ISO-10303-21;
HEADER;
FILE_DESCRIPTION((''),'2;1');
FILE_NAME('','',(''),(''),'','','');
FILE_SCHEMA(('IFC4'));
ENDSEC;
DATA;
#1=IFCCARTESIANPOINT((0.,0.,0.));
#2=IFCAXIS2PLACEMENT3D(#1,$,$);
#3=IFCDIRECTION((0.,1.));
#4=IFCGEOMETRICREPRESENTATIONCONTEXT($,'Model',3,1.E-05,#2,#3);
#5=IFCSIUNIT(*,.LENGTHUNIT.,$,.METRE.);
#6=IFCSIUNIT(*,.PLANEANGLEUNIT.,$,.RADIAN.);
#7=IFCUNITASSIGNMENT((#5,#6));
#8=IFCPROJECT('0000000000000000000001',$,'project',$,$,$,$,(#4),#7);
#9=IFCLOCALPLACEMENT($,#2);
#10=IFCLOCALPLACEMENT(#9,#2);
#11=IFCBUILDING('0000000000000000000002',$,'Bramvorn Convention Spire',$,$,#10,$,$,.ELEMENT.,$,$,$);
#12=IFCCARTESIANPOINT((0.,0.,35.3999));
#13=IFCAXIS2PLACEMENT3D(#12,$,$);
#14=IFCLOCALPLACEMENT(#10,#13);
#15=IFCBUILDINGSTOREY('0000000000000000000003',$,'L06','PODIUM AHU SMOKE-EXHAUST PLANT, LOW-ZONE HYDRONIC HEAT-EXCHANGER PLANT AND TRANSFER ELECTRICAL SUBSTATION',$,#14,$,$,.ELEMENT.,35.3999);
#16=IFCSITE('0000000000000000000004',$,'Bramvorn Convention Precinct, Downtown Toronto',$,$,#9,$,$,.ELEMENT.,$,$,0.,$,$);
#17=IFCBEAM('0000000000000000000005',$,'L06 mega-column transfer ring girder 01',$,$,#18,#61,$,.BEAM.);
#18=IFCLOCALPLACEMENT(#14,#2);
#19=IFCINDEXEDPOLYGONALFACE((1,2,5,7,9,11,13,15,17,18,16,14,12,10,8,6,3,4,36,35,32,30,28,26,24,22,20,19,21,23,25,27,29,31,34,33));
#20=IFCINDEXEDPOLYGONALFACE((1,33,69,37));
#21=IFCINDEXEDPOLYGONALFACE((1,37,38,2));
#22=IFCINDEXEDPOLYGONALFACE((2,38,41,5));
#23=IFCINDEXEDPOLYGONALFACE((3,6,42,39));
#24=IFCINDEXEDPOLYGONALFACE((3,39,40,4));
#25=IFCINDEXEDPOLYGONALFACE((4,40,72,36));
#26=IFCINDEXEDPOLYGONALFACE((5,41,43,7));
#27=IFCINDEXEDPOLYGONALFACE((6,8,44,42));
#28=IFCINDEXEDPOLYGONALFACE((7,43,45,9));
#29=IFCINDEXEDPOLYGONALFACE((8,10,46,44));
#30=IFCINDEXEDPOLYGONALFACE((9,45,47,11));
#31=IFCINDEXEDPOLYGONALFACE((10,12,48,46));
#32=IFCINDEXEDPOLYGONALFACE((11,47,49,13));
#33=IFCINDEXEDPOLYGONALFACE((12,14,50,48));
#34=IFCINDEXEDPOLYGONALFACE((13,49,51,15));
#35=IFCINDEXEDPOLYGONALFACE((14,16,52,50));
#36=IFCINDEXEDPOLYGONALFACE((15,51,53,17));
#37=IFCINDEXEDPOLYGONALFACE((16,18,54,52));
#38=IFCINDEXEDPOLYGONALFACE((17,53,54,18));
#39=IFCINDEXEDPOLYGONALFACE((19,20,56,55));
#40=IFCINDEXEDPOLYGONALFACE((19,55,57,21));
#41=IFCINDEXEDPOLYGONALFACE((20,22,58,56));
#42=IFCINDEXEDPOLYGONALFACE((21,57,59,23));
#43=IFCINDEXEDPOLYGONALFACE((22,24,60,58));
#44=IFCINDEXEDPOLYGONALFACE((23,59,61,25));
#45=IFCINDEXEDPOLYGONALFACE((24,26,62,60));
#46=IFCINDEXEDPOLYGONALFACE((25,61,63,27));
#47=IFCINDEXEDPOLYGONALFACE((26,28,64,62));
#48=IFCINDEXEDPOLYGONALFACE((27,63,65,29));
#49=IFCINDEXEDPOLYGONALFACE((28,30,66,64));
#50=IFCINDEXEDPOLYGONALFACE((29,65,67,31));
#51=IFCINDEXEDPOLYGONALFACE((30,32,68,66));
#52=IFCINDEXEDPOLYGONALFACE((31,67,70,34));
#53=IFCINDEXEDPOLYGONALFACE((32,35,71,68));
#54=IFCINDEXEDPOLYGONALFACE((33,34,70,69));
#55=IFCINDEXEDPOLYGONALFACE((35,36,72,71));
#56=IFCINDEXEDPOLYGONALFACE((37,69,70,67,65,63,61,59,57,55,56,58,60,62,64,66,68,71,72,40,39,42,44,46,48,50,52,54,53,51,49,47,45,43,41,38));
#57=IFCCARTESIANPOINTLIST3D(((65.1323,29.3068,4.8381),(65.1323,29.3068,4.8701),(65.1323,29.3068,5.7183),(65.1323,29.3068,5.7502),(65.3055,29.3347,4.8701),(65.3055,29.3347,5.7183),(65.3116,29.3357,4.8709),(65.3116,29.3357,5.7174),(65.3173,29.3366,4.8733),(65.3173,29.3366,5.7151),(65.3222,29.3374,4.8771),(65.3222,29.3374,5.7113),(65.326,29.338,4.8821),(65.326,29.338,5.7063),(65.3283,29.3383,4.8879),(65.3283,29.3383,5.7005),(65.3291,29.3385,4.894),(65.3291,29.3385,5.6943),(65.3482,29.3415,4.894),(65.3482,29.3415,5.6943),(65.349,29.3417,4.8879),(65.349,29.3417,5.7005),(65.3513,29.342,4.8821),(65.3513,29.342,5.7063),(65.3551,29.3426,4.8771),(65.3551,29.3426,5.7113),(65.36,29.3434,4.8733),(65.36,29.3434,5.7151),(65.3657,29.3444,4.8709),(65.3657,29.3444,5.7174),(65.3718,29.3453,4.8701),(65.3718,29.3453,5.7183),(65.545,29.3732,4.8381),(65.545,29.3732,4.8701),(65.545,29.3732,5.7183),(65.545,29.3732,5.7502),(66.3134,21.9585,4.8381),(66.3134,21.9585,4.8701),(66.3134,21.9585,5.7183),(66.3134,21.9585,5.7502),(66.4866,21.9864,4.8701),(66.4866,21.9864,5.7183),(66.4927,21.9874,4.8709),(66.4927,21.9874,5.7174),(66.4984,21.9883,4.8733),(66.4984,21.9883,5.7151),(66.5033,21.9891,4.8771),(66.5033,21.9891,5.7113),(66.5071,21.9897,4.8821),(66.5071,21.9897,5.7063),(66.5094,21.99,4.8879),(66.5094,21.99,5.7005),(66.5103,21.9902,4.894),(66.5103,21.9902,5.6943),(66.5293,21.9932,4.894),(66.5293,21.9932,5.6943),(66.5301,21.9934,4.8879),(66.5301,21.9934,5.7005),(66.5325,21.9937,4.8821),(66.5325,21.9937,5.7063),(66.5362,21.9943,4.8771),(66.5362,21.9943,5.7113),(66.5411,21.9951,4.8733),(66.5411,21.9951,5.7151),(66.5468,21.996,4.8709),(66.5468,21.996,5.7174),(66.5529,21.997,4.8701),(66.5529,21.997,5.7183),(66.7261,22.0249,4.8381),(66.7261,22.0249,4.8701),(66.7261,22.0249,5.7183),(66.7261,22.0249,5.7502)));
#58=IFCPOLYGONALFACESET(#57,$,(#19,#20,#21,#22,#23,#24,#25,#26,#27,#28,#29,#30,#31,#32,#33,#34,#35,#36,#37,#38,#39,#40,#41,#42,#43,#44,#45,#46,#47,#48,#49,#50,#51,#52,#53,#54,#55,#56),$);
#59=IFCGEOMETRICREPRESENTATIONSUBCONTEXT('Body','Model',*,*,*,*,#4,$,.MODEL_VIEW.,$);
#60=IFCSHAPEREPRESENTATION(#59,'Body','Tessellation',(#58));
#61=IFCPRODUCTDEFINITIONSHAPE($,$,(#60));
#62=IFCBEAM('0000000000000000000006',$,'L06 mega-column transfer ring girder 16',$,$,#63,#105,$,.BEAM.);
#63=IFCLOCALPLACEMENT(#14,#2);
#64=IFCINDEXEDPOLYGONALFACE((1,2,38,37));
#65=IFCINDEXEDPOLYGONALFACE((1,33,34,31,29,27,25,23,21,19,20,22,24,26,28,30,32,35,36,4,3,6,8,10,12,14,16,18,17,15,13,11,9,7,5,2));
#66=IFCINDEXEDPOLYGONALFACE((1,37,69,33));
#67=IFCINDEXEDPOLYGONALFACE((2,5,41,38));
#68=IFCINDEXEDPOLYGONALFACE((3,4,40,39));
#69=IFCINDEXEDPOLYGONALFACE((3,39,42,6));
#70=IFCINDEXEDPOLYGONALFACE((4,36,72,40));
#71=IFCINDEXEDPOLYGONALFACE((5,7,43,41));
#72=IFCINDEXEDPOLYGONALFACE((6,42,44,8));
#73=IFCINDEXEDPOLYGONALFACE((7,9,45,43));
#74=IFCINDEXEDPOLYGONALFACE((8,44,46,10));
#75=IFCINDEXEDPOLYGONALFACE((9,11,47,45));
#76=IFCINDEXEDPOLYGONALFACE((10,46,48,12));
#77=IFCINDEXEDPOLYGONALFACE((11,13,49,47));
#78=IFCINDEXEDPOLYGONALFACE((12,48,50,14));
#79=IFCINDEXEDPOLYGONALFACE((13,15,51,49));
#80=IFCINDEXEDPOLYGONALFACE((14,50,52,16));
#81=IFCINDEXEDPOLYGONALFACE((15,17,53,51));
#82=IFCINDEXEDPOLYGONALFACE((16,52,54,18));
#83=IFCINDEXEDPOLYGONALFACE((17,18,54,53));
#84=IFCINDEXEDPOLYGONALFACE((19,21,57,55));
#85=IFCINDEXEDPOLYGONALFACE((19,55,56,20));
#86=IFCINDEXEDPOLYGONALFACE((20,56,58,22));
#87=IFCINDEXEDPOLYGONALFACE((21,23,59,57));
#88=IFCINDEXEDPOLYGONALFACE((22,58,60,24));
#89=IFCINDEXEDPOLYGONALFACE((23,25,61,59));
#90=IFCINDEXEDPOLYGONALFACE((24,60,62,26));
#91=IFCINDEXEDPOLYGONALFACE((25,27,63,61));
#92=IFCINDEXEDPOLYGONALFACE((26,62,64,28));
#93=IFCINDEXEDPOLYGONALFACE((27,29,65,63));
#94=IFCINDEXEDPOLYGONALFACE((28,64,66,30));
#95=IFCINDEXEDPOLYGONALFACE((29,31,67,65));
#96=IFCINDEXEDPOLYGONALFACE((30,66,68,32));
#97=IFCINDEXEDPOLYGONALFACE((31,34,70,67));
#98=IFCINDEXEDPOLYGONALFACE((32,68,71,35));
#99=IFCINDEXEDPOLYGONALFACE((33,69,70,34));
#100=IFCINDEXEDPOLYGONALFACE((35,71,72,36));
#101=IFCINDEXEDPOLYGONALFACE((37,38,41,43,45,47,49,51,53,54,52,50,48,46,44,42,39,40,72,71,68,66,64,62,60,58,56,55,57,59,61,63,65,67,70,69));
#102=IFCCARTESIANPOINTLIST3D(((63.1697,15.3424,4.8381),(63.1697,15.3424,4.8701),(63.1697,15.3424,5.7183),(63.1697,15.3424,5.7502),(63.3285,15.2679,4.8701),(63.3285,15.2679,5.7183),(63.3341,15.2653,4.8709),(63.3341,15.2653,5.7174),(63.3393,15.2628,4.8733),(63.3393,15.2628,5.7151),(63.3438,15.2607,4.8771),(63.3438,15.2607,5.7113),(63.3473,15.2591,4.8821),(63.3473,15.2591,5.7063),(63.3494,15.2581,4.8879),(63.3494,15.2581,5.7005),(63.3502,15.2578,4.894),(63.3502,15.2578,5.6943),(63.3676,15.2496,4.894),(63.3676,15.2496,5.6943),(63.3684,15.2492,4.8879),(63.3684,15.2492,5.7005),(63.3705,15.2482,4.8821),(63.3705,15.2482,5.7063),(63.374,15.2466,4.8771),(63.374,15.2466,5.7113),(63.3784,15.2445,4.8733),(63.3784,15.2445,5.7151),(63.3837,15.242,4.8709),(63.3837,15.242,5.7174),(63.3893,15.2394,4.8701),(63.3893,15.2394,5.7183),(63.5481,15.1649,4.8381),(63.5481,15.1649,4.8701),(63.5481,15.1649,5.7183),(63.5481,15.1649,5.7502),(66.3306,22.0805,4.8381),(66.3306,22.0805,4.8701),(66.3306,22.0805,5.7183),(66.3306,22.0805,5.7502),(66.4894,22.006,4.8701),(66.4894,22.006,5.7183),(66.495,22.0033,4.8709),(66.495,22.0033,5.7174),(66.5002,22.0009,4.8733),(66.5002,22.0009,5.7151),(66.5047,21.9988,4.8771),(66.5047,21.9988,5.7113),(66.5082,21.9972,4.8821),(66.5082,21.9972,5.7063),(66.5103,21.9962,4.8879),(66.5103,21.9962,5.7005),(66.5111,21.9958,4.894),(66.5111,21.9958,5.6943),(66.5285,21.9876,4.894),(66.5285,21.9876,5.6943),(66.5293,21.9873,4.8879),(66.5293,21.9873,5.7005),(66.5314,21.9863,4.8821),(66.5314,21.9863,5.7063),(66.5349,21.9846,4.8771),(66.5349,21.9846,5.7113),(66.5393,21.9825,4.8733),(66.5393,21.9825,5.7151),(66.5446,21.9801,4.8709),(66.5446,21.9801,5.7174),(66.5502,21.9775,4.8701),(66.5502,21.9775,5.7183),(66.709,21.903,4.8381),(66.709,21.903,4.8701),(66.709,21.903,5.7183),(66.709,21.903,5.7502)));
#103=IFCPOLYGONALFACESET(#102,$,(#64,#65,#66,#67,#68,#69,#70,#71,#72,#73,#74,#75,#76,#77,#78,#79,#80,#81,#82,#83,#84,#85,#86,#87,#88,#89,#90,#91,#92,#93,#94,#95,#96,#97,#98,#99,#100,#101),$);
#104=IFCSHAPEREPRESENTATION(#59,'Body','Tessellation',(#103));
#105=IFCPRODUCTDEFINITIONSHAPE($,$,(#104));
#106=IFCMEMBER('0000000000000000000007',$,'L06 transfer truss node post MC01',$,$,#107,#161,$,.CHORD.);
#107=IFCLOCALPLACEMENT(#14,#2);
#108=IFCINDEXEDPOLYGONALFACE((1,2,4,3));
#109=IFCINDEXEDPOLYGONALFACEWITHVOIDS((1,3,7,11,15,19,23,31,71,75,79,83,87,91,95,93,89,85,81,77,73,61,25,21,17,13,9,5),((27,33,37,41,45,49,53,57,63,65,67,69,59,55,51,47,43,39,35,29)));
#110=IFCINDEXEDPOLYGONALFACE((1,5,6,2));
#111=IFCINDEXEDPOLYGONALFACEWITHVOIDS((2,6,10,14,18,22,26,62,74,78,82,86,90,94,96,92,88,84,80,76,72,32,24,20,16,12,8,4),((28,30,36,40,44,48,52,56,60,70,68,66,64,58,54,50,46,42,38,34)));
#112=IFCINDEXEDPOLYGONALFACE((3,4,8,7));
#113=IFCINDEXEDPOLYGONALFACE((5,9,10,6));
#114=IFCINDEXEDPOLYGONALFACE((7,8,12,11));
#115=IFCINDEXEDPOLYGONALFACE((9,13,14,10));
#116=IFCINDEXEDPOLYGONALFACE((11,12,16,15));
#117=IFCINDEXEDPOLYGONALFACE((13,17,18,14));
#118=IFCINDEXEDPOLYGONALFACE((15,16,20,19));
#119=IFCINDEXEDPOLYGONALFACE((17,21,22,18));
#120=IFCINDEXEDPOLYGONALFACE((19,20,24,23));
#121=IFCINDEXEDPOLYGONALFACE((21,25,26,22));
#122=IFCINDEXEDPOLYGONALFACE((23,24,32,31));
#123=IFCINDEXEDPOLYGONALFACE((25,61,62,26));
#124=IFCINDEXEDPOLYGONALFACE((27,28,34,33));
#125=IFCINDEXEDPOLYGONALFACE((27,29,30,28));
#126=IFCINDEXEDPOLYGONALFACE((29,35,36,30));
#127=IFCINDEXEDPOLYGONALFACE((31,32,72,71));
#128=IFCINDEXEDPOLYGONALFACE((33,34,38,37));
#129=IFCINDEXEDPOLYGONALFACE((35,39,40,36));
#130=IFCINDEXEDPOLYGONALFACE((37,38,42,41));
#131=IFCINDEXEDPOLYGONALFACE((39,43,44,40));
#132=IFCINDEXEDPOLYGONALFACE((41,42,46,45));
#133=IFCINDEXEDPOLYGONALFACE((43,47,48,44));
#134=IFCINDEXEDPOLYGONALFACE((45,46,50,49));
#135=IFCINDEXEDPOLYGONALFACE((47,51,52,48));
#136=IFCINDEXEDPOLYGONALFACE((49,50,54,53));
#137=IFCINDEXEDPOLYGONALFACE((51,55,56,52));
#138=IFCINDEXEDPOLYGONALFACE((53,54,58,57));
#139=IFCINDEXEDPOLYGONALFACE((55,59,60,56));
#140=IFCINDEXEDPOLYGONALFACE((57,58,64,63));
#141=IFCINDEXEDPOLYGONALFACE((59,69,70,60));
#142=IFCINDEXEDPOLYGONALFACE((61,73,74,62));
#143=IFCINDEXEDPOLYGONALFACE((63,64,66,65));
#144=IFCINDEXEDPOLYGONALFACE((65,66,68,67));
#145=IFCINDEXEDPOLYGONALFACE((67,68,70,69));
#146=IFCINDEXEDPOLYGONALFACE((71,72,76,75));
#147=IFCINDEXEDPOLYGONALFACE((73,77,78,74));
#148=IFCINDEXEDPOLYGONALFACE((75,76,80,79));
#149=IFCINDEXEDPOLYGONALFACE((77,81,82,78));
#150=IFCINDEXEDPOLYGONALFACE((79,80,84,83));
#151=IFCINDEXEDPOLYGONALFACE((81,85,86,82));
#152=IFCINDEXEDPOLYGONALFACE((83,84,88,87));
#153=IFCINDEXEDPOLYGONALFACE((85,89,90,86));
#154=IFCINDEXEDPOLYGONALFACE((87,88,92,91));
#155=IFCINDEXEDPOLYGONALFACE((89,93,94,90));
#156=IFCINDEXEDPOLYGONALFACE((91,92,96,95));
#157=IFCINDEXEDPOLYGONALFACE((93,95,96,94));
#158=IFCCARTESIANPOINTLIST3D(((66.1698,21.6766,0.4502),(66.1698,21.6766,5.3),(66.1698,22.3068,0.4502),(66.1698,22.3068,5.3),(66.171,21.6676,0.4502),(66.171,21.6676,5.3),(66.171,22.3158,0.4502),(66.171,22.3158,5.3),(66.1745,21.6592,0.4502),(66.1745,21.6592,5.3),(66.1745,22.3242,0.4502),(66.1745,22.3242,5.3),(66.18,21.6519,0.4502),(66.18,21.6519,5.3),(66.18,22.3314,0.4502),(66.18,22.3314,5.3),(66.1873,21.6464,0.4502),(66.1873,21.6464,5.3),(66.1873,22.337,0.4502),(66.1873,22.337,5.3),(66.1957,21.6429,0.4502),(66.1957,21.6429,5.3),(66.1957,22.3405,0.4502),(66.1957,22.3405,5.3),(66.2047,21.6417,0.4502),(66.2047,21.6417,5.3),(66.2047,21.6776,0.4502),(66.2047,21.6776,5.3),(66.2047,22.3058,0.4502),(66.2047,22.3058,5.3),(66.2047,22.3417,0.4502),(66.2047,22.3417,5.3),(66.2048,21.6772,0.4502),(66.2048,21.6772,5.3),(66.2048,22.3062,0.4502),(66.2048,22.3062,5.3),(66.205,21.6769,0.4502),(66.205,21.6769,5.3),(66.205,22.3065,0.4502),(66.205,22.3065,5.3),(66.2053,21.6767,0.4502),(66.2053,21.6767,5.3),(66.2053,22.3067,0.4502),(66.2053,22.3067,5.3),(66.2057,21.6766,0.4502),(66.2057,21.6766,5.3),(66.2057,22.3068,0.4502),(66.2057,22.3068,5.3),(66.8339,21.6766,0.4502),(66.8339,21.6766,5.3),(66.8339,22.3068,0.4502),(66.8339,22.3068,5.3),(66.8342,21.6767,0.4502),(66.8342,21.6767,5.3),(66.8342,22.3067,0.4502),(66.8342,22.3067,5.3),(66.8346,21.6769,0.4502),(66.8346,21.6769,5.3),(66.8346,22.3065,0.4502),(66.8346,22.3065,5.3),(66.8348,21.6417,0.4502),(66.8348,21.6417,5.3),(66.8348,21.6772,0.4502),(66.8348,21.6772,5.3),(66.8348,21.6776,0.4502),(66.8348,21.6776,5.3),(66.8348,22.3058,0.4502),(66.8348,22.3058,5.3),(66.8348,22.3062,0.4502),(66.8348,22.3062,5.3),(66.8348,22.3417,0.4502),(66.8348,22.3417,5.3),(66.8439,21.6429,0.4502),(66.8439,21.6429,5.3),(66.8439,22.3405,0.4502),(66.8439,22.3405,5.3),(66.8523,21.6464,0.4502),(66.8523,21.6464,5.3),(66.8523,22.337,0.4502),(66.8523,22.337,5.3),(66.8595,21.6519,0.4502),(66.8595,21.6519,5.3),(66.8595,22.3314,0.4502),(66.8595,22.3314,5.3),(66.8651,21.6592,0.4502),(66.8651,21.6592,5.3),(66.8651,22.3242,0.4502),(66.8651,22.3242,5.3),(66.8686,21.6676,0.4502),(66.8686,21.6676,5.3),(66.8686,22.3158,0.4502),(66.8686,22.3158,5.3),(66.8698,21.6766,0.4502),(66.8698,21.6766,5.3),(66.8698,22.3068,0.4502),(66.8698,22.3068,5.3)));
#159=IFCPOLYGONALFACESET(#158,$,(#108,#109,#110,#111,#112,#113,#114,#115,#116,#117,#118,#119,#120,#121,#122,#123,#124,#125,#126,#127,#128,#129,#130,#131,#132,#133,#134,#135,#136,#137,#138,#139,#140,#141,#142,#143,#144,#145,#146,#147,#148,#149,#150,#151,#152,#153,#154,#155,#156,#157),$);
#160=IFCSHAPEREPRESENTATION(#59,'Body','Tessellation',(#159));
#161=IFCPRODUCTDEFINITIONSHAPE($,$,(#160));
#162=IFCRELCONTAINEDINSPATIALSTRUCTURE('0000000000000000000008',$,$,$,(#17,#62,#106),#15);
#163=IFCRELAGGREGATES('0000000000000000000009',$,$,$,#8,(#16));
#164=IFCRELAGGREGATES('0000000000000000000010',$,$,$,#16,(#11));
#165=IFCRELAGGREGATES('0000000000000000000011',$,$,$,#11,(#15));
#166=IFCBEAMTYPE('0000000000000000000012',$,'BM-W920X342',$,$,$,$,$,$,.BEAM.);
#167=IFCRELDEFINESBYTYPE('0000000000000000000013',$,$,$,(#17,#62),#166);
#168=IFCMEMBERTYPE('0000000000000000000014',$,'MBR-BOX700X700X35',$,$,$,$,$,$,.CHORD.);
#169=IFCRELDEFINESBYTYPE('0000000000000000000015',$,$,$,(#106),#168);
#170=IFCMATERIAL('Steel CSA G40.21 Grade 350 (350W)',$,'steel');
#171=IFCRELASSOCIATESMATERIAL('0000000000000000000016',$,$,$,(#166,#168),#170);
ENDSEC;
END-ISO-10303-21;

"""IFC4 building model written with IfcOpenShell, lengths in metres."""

from ifc_helpers import new_model, si_unit, direction, frame, origin, origin_2d, place, context, subcontext, project, spatial, hollow_rectangle, i_section, extrude, material, material_profile, profile_set, type_object, element, save


model = new_model("IFC4")

# Units and contexts
model_context = context("Model", 3, precision=1e-05, world=origin(), true_north=direction((0.0, 1.0)))
body_context = subcontext(model_context, "Body", "Model", "MODEL_VIEW")
ifc_project = project(units=[si_unit("LENGTHUNIT", "METRE"), si_unit("PLANEANGLEUNIT", "RADIAN")], contexts=[model_context])

# Site, building, storey
site_placement = place(None, origin())
site = spatial("IfcSite", under=ifc_project, at=site_placement, Name="Bramvorn Convention Precinct, Downtown Toronto", CompositionType="ELEMENT", RefElevation=0.0)
building_placement = place(site_placement, origin())
building = spatial("IfcBuilding", under=site, at=building_placement, Name="Bramvorn Convention Spire", CompositionType="ELEMENT")
storey_placement = place(building_placement, frame((0.0, 0.0, 35.3999)))
storey = spatial("IfcBuildingStorey", under=building, at=storey_placement, Name="L06", Description="PODIUM AHU SMOKE-EXHAUST PLANT, LOW-ZONE HYDRONIC HEAT-EXCHANGER PLANT AND TRANSFER ELECTRICAL SUBSTATION", CompositionType="ELEMENT", Elevation=35.3999)

# Shared definitions
ifc_material_1 = material(Name="Steel CSA G40.21 Grade 350 (350W)", Category="steel")

# Beams
ifc_material_profile_1 = material_profile(ifc_material_1, i_section(OverallWidth=0.418, OverallDepth=0.9121, WebThickness=0.0193, FlangeThickness=0.032, FilletRadius=0.0239, at=origin_2d()))
ifc_profile_set_1 = profile_set([ifc_material_profile_1], Name="Steel CSA G40.21 Grade 350 (350W) - W920X342")
beam_type = type_object("IfcBeamType", Name="BM-W920X342", PredefinedType="BEAM", material=ifc_profile_set_1)
for number, where, z_axis, x_axis, name in (
    (1, (66.5198, 21.9917, 5.2942), (-0.158699, 0.987327, 0.0), (-0.987327, -0.158699, 0.0), "L06 mega-column transfer ring girder 01"),
    (2, (63.3589, 15.2537, 5.2942), (0.424702, 0.905333, 0.0), (-0.905333, 0.424702, 0.0), "L06 mega-column transfer ring girder 16"),
):
    element("IfcBeam", number, at=place(storey_placement, frame(where, z_axis=z_axis, x_axis=x_axis)), inside=storey, type_object=beam_type, Name=name, PredefinedType="BEAM", context=body_context, shape_type="SweptSolid", body=[
        extrude(i_section(OverallWidth=0.418, OverallDepth=0.9121, WebThickness=0.0193, FlangeThickness=0.032, FilletRadius=0.0239, at=origin_2d()), origin(), (0.0, 0.0, 1.0), 7.4426),
    ])

# Member
ifc_material_profile_2 = material_profile(ifc_material_1, hollow_rectangle(XDim=0.7, YDim=0.7, WallThickness=0.0349, InnerFilletRadius=0.001, OuterFilletRadius=0.0349, at=origin_2d()))
ifc_profile_set_2 = profile_set([ifc_material_profile_2], Name="Steel CSA G40.21 Grade 350 (350W) - BOX700X700X35")
member_type_1 = type_object("IfcMemberType", Name="MBR-BOX700X700X35", PredefinedType="CHORD", material=ifc_profile_set_2)
for number, where, z_axis, x_axis, name in (
    (3, (66.5198, 21.9917, 0.4502), (0.0, 0.0, 1.0), (1.0, 0.0, 0.0), "L06 transfer truss node post MC01"),
):
    element("IfcMember", number, at=place(storey_placement, frame(where, z_axis=z_axis, x_axis=x_axis)), inside=storey, type_object=member_type_1, Name=name, PredefinedType="CHORD", context=body_context, shape_type="SweptSolid", body=[
        extrude(hollow_rectangle(XDim=0.7, YDim=0.7, WallThickness=0.0349, InnerFilletRadius=0.001, OuterFilletRadius=0.0349, at=origin_2d()), origin(), (0.0, 0.0, 1.0), 4.8499),
    ])

save(model, "model.ifc")
